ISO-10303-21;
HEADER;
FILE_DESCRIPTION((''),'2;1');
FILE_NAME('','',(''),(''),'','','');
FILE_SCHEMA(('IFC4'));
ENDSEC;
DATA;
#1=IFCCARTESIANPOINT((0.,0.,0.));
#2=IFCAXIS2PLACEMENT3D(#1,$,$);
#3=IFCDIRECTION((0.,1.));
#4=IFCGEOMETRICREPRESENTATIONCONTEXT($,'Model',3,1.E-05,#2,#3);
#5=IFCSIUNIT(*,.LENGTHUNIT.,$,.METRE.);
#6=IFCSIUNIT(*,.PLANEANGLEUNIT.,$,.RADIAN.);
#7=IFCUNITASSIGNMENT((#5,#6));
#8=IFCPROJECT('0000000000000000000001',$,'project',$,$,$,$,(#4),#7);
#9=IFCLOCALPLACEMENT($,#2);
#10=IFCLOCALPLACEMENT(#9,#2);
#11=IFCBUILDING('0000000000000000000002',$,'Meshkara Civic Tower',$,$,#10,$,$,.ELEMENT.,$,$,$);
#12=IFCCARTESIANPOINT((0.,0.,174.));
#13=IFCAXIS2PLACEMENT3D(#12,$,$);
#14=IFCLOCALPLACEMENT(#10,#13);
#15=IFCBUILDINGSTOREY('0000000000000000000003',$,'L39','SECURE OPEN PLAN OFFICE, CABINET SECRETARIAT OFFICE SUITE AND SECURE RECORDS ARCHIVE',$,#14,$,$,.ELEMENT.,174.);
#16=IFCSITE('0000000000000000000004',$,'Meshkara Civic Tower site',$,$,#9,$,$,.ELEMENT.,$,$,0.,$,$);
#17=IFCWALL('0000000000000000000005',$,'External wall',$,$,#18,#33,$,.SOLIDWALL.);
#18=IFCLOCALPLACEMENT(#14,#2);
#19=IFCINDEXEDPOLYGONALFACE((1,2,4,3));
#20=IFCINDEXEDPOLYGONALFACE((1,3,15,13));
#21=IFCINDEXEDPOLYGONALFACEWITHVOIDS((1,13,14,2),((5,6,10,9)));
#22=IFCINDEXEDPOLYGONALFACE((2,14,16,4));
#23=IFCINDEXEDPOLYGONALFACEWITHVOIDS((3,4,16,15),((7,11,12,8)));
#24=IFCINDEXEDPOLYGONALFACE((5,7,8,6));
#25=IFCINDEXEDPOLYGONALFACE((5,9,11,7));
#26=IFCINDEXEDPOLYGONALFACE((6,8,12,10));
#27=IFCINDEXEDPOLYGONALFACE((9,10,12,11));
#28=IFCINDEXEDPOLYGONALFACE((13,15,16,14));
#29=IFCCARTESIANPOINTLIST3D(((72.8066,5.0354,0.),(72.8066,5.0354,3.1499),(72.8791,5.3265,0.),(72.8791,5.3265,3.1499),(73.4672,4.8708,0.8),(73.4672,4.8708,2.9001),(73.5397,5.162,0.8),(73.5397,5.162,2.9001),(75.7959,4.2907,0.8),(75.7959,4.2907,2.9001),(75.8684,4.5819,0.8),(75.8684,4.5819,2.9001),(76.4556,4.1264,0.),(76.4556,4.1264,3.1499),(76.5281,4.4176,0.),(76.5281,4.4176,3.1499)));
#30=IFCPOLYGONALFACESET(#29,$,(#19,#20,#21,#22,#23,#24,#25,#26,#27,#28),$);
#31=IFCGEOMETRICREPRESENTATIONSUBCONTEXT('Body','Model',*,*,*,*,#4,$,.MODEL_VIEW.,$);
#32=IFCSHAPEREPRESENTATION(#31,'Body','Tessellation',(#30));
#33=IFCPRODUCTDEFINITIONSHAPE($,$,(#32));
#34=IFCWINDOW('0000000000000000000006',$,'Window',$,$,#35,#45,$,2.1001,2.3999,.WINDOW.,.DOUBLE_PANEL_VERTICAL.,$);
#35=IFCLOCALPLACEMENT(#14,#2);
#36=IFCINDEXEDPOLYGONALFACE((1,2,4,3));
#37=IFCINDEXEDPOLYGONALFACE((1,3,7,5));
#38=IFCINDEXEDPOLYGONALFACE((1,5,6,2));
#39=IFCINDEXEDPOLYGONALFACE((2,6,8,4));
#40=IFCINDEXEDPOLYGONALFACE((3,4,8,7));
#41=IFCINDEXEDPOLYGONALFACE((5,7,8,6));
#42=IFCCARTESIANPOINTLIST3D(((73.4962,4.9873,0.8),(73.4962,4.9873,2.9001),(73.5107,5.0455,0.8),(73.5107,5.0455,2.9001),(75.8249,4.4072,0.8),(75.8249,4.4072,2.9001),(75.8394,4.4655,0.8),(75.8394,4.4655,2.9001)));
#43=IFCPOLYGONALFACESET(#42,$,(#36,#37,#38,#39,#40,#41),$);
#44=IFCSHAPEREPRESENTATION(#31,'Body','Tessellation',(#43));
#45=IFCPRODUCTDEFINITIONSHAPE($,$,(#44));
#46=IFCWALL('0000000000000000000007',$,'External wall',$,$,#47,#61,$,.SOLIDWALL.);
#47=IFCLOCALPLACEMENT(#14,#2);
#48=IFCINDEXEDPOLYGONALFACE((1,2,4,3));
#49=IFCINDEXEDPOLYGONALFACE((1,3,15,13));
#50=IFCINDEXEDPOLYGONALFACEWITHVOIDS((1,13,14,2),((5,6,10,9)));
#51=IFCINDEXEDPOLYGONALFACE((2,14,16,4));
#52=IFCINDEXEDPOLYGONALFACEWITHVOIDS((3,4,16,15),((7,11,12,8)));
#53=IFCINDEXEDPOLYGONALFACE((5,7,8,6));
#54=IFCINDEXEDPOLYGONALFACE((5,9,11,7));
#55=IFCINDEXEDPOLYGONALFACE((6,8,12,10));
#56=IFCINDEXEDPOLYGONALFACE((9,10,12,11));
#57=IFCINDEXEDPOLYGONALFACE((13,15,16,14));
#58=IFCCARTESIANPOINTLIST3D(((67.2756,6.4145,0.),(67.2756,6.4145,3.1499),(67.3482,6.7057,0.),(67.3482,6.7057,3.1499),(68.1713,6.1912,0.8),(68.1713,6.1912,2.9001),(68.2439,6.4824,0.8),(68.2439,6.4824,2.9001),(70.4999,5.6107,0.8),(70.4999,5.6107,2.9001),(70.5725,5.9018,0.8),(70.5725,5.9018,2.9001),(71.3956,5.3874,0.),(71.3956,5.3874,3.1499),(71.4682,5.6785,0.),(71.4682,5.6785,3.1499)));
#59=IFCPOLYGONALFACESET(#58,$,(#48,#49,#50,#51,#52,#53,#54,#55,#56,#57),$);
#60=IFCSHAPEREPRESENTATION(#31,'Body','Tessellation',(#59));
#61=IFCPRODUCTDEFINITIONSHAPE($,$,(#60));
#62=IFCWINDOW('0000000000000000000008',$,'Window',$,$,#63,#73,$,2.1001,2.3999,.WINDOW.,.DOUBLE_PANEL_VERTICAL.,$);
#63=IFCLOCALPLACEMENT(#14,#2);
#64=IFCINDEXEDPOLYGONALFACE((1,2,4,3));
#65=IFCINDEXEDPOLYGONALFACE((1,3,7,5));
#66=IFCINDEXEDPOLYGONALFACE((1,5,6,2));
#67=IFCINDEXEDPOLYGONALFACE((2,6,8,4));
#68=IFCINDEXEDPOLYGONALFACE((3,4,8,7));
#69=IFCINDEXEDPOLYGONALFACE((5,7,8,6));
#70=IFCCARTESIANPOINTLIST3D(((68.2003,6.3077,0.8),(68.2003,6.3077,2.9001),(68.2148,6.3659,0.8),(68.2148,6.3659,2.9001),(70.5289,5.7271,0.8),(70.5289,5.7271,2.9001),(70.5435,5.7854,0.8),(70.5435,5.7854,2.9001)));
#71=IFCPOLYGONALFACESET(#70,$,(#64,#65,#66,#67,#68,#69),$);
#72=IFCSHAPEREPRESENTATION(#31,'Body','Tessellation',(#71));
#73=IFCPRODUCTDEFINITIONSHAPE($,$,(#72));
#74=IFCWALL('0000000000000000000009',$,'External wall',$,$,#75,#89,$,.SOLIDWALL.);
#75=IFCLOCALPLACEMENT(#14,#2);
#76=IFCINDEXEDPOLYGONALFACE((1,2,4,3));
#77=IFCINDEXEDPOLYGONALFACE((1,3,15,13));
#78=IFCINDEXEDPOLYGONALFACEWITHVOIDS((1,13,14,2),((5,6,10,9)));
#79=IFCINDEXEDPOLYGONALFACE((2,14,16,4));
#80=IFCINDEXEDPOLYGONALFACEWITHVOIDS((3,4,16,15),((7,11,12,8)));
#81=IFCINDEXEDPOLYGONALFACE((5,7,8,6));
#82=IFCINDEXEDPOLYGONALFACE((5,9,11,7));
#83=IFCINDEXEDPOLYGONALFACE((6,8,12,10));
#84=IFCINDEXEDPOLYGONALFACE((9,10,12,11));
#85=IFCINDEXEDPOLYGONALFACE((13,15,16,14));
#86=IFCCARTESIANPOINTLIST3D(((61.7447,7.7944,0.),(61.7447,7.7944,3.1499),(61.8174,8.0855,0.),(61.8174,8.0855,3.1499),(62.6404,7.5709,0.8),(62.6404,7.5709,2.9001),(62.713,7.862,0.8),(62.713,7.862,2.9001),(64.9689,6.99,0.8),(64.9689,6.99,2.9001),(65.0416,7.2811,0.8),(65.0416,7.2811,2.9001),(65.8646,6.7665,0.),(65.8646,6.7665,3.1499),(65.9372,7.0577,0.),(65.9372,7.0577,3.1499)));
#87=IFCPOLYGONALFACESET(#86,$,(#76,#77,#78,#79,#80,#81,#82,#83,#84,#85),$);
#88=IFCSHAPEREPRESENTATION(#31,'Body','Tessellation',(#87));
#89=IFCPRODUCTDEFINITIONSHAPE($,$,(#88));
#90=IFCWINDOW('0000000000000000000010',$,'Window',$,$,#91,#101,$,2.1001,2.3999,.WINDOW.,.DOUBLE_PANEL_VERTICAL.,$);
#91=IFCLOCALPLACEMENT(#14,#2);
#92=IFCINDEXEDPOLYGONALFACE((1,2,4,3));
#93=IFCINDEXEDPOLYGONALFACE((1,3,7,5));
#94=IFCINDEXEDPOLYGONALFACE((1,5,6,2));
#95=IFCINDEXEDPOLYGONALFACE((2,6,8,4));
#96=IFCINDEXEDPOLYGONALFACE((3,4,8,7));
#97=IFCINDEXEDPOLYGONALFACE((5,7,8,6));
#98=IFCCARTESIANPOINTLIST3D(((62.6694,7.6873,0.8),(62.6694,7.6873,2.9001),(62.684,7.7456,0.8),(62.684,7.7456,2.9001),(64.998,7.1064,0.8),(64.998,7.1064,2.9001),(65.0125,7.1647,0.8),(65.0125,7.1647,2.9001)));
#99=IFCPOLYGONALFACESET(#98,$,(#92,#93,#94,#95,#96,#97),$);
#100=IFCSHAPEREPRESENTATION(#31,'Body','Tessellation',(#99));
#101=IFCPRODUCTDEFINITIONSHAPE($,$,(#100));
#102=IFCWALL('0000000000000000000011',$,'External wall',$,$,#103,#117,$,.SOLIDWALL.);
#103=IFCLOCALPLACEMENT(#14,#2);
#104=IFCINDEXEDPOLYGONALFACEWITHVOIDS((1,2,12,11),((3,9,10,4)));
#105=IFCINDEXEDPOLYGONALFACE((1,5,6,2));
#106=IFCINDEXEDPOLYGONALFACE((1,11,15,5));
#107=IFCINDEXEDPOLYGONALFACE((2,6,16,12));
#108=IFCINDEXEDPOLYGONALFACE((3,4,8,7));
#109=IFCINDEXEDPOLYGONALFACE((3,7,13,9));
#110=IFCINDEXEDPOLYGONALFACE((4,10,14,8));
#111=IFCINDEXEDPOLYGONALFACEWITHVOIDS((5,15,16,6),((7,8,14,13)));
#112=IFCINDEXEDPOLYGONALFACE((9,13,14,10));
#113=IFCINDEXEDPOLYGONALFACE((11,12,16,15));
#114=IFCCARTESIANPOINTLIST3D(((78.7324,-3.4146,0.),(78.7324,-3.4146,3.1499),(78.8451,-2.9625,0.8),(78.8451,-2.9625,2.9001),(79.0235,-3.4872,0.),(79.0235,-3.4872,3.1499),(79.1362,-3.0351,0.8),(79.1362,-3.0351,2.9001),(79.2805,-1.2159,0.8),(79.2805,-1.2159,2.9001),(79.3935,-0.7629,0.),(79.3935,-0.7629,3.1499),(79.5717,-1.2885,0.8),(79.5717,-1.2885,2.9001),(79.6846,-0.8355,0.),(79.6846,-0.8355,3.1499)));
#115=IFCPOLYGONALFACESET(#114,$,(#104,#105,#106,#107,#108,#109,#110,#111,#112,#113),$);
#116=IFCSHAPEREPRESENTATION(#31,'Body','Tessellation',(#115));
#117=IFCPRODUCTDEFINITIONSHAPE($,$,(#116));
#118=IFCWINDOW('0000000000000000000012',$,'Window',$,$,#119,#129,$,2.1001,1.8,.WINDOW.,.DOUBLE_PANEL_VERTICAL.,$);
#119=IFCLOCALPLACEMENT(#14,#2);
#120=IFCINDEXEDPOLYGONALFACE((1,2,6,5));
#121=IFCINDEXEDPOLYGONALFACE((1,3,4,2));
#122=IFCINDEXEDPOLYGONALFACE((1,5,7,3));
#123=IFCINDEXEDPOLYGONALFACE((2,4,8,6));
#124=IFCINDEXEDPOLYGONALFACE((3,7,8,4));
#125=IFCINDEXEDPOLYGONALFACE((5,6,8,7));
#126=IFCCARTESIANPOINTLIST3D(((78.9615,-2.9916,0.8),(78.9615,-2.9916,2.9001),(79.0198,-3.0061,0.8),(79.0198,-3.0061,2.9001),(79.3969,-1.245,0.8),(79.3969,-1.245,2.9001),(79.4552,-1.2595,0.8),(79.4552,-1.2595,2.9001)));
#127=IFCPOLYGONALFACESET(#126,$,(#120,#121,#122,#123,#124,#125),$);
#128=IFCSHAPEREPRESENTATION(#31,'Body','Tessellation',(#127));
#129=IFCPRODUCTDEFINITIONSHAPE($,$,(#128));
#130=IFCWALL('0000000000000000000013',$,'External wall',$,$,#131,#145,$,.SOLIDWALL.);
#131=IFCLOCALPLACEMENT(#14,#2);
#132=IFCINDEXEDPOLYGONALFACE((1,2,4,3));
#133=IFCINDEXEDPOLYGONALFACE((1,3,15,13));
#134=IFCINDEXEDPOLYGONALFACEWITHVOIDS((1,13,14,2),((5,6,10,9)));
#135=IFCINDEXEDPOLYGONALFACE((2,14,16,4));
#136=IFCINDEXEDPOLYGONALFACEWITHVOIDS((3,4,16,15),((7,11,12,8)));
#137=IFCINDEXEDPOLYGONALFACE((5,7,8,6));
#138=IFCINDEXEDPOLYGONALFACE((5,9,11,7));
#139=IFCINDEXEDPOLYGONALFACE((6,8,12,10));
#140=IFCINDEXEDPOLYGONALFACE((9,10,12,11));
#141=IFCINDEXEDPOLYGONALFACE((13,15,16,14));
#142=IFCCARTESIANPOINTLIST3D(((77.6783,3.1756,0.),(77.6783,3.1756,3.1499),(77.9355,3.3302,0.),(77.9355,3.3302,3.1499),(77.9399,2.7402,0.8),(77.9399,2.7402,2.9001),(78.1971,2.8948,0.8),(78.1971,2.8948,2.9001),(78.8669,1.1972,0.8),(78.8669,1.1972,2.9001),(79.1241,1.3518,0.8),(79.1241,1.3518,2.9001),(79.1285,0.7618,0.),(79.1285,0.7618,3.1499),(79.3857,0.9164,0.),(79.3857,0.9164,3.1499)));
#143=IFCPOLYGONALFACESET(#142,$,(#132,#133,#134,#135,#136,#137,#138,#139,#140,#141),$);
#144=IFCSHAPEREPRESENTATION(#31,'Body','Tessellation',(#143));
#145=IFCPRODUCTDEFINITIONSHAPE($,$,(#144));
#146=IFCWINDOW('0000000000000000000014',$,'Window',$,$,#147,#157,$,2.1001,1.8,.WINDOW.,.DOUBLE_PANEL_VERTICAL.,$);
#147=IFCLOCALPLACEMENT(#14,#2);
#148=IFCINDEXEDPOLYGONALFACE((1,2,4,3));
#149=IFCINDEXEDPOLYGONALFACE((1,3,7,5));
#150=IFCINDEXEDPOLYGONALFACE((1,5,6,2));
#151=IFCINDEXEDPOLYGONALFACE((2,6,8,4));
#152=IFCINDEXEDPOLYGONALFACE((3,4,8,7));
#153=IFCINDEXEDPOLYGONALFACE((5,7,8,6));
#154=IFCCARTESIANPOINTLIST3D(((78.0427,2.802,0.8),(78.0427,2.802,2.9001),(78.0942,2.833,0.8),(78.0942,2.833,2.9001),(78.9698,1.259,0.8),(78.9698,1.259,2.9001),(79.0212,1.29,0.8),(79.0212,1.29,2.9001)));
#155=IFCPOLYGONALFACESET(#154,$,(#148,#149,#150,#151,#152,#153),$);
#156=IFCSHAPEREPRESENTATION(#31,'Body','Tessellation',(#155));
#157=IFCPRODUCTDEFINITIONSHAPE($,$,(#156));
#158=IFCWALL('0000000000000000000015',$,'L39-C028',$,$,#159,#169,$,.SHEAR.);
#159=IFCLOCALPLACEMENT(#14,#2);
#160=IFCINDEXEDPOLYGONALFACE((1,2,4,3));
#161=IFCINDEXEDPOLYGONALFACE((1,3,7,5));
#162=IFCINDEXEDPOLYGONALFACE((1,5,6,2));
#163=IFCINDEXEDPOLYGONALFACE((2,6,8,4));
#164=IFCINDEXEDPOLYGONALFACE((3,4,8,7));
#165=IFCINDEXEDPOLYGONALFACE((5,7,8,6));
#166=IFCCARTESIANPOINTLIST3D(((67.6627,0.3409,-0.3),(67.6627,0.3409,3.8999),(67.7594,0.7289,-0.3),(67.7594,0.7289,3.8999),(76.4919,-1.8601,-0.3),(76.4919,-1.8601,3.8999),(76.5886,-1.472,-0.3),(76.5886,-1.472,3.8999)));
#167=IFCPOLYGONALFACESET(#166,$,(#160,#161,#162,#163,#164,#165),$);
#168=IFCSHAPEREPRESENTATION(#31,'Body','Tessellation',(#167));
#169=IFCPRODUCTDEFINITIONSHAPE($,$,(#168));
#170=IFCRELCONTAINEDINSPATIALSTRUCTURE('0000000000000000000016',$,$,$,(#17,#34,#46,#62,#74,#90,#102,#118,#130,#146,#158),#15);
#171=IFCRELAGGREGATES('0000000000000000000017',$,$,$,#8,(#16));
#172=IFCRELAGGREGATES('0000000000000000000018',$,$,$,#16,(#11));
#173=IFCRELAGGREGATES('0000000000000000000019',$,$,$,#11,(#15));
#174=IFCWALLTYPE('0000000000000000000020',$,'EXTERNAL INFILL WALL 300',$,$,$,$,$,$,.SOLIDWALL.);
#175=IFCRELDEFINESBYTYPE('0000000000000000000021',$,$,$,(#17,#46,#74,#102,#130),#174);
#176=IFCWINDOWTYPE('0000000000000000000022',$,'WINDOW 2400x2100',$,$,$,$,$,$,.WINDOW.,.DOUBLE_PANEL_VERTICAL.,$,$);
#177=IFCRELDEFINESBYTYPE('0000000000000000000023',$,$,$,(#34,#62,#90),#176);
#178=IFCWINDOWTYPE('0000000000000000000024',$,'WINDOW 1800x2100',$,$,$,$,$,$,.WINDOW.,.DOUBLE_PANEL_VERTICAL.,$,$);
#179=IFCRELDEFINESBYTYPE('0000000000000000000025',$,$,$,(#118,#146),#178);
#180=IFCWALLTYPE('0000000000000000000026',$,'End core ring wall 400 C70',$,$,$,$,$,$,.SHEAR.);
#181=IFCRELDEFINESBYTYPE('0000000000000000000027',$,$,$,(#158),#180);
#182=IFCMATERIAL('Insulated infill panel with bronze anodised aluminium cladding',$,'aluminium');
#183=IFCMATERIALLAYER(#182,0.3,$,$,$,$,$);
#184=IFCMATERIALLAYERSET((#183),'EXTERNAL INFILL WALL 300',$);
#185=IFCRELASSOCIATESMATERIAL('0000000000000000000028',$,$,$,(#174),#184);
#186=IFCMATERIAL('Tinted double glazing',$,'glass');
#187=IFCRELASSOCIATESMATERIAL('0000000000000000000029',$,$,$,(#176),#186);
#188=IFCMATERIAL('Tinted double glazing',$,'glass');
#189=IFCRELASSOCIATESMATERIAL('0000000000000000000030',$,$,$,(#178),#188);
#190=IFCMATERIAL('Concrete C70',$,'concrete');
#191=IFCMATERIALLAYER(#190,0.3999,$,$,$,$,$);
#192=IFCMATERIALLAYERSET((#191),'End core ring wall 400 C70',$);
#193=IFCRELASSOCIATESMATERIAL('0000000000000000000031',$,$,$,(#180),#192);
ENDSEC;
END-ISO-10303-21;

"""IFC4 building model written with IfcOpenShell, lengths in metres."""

from ifc_helpers import new_model, si_unit, direction, frame, frame_2d, origin, place, context, subcontext, project, spatial, rectangle, extrude, material, layer, layer_set, type_object, element, fill, save


model = new_model("IFC4")

# Units and contexts
model_context = context("Model", 3, precision=1e-05, world=origin(), true_north=direction((0.0, 1.0)))
body_context = subcontext(model_context, "Body", "Model", "MODEL_VIEW")
ifc_project = project(units=[si_unit("LENGTHUNIT", "METRE"), si_unit("PLANEANGLEUNIT", "RADIAN")], contexts=[model_context])

# Site, building, storey
site_placement = place(None, origin())
site = spatial("IfcSite", under=ifc_project, at=site_placement, Name="Meshkara Civic Tower site", CompositionType="ELEMENT", RefElevation=0.0)
building_placement = place(site_placement, origin())
building = spatial("IfcBuilding", under=site, at=building_placement, Name="Meshkara Civic Tower", CompositionType="ELEMENT")
storey_placement = place(building_placement, frame((0.0, 0.0, 174.0)))
storey = spatial("IfcBuildingStorey", under=building, at=storey_placement, Name="L39", Description="SECURE OPEN PLAN OFFICE, CABINET SECRETARIAT OFFICE SUITE AND SECURE RECORDS ARCHIVE", CompositionType="ELEMENT", Elevation=174.0)

# Walls, openings, windows
ifc_material_1 = material(Name="Insulated infill panel with bronze anodised aluminium cladding", Category="aluminium")
ifc_layer_1 = layer(ifc_material_1, 0.3)
ifc_layer_set_1 = layer_set([ifc_layer_1], Name="EXTERNAL INFILL WALL 300")
wall_type_1 = type_object("IfcWallType", Name="EXTERNAL INFILL WALL 300", PredefinedType="SOLIDWALL", material=ifc_layer_set_1)
wall_1_placement = place(storey_placement, frame((76.4919, 4.272, 0.0), z_axis=(0.0, 0.0, 1.0), x_axis=(-0.970348, 0.241711, 0.0)))
wall_1 = element("IfcWall", 1, at=wall_1_placement, inside=storey, type_object=wall_type_1, Name="External wall", PredefinedType="SOLIDWALL", context=body_context, shape_type="SweptSolid", body=[
    extrude(rectangle(XDim=3.7605, YDim=0.3, at=frame_2d((1.8804, 0.0))), origin(), (0.0, 0.0, 1.0), 3.1499),
])
opening_1_placement = place(wall_1_placement, frame((0.6799, 0.0, 0.8)))
opening_1 = element("IfcOpeningElement", 2, at=opening_1_placement, cuts=wall_1, PredefinedType="OPENING", context=body_context, shape_type="SweptSolid", body=[
    extrude(rectangle(XDim=2.3999, YDim=2.1001, at=frame_2d((1.2, 1.05))), frame((0.0, 0.1599, 0.0), z_axis=(0.0, -1.0, 0.0), x_axis=(1.0, 0.0, 0.0)), (0.0, 0.0, 1.0), 0.3201),
])
ifc_material_2 = material(Name="Tinted double glazing", Category="glass")
window_type_1 = type_object("IfcWindowType", Name="WINDOW 2400x2100", PartitioningType="DOUBLE_PANEL_VERTICAL", PredefinedType="WINDOW", material=ifc_material_2)
window_1_placement = place(opening_1_placement, origin())
window_1 = element("IfcWindow", 3, at=window_1_placement, inside=storey, type_object=window_type_1, Name="Window", OverallHeight=2.1001, OverallWidth=2.3999, PartitioningType="DOUBLE_PANEL_VERTICAL", PredefinedType="WINDOW", context=body_context, shape_type="SweptSolid", body=[
    extrude(rectangle(XDim=2.3999, YDim=2.1001, at=frame_2d((1.2, 1.05))), frame((0.0, 0.03, 0.0), z_axis=(0.0, -1.0, 0.0), x_axis=(1.0, 0.0, 0.0)), (0.0, 0.0, 1.0), 0.0601),
])
fill(opening_1, window_1)
wall_2_placement = place(storey_placement, frame((71.4319, 5.533, 0.0), z_axis=(0.0, 0.0, 1.0), x_axis=(-0.970301, 0.2419, 0.0)))
wall_2 = element("IfcWall", 4, at=wall_2_placement, inside=storey, type_object=wall_type_1, Name="External wall", PredefinedType="SOLIDWALL", context=body_context, shape_type="SweptSolid", body=[
    extrude(rectangle(XDim=4.2461, YDim=0.3, at=frame_2d((2.123, 0.0))), origin(), (0.0, 0.0, 1.0), 3.1499),
])
opening_2_placement = place(wall_2_placement, frame((0.9231, 0.0, 0.8)))
opening_2 = element("IfcOpeningElement", 5, at=opening_2_placement, cuts=wall_2, PredefinedType="OPENING", context=body_context, shape_type="SweptSolid", body=[
    extrude(rectangle(XDim=2.3999, YDim=2.1001, at=frame_2d((1.2, 1.05))), frame((0.0, 0.1599, 0.0), z_axis=(0.0, -1.0, 0.0), x_axis=(1.0, 0.0, 0.0)), (0.0, 0.0, 1.0), 0.3201),
])
window_2_placement = place(opening_2_placement, origin())
window_2 = element("IfcWindow", 6, at=window_2_placement, inside=storey, type_object=window_type_1, Name="Window", OverallHeight=2.1001, OverallWidth=2.3999, PartitioningType="DOUBLE_PANEL_VERTICAL", PredefinedType="WINDOW", context=body_context, shape_type="SweptSolid", body=[
    extrude(rectangle(XDim=2.3999, YDim=2.1001, at=frame_2d((1.2, 1.05))), frame((0.0, 0.03, 0.0), z_axis=(0.0, -1.0, 0.0), x_axis=(1.0, 0.0, 0.0)), (0.0, 0.0, 1.0), 0.0601),
])
fill(opening_2, window_2)
wall_3_placement = place(storey_placement, frame((65.9009, 6.9121, 0.0), z_axis=(0.0, 0.0, 1.0), x_axis=(-0.970261, 0.242062, 0.0)))
wall_3 = element("IfcWall", 7, at=wall_3_placement, inside=storey, type_object=wall_type_1, Name="External wall", PredefinedType="SOLIDWALL", context=body_context, shape_type="SweptSolid", body=[
    extrude(rectangle(XDim=4.2461, YDim=0.3, at=frame_2d((2.123, 0.0))), origin(), (0.0, 0.0, 1.0), 3.1499),
])
opening_3_placement = place(wall_3_placement, frame((0.9231, 0.0, 0.8)))
opening_3 = element("IfcOpeningElement", 8, at=opening_3_placement, cuts=wall_3, PredefinedType="OPENING", context=body_context, shape_type="SweptSolid", body=[
    extrude(rectangle(XDim=2.3999, YDim=2.1001, at=frame_2d((1.2, 1.05))), frame((0.0, 0.1599, 0.0), z_axis=(0.0, -1.0, 0.0), x_axis=(1.0, 0.0, 0.0)), (0.0, 0.0, 1.0), 0.3201),
])
window_3_placement = place(opening_3_placement, origin())
window_3 = element("IfcWindow", 9, at=window_3_placement, inside=storey, type_object=window_type_1, Name="Window", OverallHeight=2.1001, OverallWidth=2.3999, PartitioningType="DOUBLE_PANEL_VERTICAL", PredefinedType="WINDOW", context=body_context, shape_type="SweptSolid", body=[
    extrude(rectangle(XDim=2.3999, YDim=2.1001, at=frame_2d((1.2, 1.05))), frame((0.0, 0.03, 0.0), z_axis=(0.0, -1.0, 0.0), x_axis=(1.0, 0.0, 0.0)), (0.0, 0.0, 1.0), 0.0601),
])
fill(opening_3, window_3)
wall_4_placement = place(storey_placement, frame((78.8779, -3.4509, 0.0), z_axis=(0.0, 0.0, 1.0), x_axis=(0.241905, 0.9703, 0.0)))
wall_4 = element("IfcWall", 10, at=wall_4_placement, inside=storey, type_object=wall_type_1, Name="External wall", PredefinedType="SOLIDWALL", context=body_context, shape_type="SweptSolid", body=[
    extrude(rectangle(XDim=2.7329, YDim=0.3, at=frame_2d((1.3665, 0.0))), origin(), (0.0, 0.0, 1.0), 3.1499),
])
opening_4_placement = place(wall_4_placement, frame((0.4661, 0.0, 0.8)))
opening_4 = element("IfcOpeningElement", 11, at=opening_4_placement, cuts=wall_4, PredefinedType="OPENING", context=body_context, shape_type="SweptSolid", body=[
    extrude(rectangle(XDim=1.8, YDim=2.1001, at=frame_2d((0.8999, 1.05))), frame((0.0, 0.1599, 0.0), z_axis=(0.0, -1.0, 0.0), x_axis=(1.0, 0.0, 0.0)), (0.0, 0.0, 1.0), 0.3201),
])
ifc_material_3 = material(Name="Tinted double glazing", Category="glass")
window_type_2 = type_object("IfcWindowType", Name="WINDOW 1800x2100", PartitioningType="DOUBLE_PANEL_VERTICAL", PredefinedType="WINDOW", material=ifc_material_3)
window_4_placement = place(opening_4_placement, origin())
window_4 = element("IfcWindow", 12, at=window_4_placement, inside=storey, type_object=window_type_2, Name="Window", OverallHeight=2.1001, OverallWidth=1.8, PartitioningType="DOUBLE_PANEL_VERTICAL", PredefinedType="WINDOW", context=body_context, shape_type="SweptSolid", body=[
    extrude(rectangle(XDim=1.8, YDim=2.1001, at=frame_2d((0.8999, 1.05))), frame((0.0, 0.03, 0.0), z_axis=(0.0, -1.0, 0.0), x_axis=(1.0, 0.0, 0.0)), (0.0, 0.0, 1.0), 0.0601),
])
fill(opening_4, window_4)
wall_5_placement = place(storey_placement, frame((79.2571, 0.8391, 0.0), z_axis=(0.0, 0.0, 1.0), x_axis=(-0.514993, 0.857194, 0.0)))
wall_5 = element("IfcWall", 13, at=wall_5_placement, inside=storey, type_object=wall_type_1, Name="External wall", PredefinedType="SOLIDWALL", context=body_context, shape_type="SweptSolid", body=[
    extrude(rectangle(XDim=2.8159, YDim=0.3, at=frame_2d((1.408, 0.0))), origin(), (0.0, 0.0, 1.0), 3.1499),
])
opening_5_placement = place(wall_5_placement, frame((0.5081, 0.0, 0.8)))
opening_5 = element("IfcOpeningElement", 14, at=opening_5_placement, cuts=wall_5, PredefinedType="OPENING", context=body_context, shape_type="SweptSolid", body=[
    extrude(rectangle(XDim=1.8, YDim=2.1001, at=frame_2d((0.8999, 1.05))), frame((0.0, 0.1599, 0.0), z_axis=(0.0, -1.0, 0.0), x_axis=(1.0, 0.0, 0.0)), (0.0, 0.0, 1.0), 0.3201),
])
window_5_placement = place(opening_5_placement, origin())
window_5 = element("IfcWindow", 15, at=window_5_placement, inside=storey, type_object=window_type_2, Name="Window", OverallHeight=2.1001, OverallWidth=1.8, PartitioningType="DOUBLE_PANEL_VERTICAL", PredefinedType="WINDOW", context=body_context, shape_type="SweptSolid", body=[
    extrude(rectangle(XDim=1.8, YDim=2.1001, at=frame_2d((0.8999, 1.05))), frame((0.0, 0.03, 0.0), z_axis=(0.0, -1.0, 0.0), x_axis=(1.0, 0.0, 0.0)), (0.0, 0.0, 1.0), 0.0601),
])
fill(opening_5, window_5)

# Wall
ifc_material_4 = material(Name="Concrete C70", Category="concrete")
ifc_layer_2 = layer(ifc_material_4, 0.3999)
ifc_layer_set_2 = layer_set([ifc_layer_2], Name="End core ring wall 400 C70")
wall_type_2 = type_object("IfcWallType", Name="End core ring wall 400 C70", PredefinedType="SHEAR", material=ifc_layer_set_2)
wall_6_placement = place(storey_placement, frame((67.7109, 0.5349, -0.3), z_axis=(0.0, 0.0, 1.0), x_axis=(0.970306, -0.241879, 0.0)))
element("IfcWall", 16, at=wall_6_placement, inside=storey, type_object=wall_type_2, Name="L39-C028", PredefinedType="SHEAR", context=body_context, shape_type="SweptSolid", body=[
    extrude(rectangle(XDim=9.0994, YDim=0.3999, at=frame_2d((4.5498, 0.0))), origin(), (0.0, 0.0, 1.0), 4.2),
])

save(model, "model.ifc")
